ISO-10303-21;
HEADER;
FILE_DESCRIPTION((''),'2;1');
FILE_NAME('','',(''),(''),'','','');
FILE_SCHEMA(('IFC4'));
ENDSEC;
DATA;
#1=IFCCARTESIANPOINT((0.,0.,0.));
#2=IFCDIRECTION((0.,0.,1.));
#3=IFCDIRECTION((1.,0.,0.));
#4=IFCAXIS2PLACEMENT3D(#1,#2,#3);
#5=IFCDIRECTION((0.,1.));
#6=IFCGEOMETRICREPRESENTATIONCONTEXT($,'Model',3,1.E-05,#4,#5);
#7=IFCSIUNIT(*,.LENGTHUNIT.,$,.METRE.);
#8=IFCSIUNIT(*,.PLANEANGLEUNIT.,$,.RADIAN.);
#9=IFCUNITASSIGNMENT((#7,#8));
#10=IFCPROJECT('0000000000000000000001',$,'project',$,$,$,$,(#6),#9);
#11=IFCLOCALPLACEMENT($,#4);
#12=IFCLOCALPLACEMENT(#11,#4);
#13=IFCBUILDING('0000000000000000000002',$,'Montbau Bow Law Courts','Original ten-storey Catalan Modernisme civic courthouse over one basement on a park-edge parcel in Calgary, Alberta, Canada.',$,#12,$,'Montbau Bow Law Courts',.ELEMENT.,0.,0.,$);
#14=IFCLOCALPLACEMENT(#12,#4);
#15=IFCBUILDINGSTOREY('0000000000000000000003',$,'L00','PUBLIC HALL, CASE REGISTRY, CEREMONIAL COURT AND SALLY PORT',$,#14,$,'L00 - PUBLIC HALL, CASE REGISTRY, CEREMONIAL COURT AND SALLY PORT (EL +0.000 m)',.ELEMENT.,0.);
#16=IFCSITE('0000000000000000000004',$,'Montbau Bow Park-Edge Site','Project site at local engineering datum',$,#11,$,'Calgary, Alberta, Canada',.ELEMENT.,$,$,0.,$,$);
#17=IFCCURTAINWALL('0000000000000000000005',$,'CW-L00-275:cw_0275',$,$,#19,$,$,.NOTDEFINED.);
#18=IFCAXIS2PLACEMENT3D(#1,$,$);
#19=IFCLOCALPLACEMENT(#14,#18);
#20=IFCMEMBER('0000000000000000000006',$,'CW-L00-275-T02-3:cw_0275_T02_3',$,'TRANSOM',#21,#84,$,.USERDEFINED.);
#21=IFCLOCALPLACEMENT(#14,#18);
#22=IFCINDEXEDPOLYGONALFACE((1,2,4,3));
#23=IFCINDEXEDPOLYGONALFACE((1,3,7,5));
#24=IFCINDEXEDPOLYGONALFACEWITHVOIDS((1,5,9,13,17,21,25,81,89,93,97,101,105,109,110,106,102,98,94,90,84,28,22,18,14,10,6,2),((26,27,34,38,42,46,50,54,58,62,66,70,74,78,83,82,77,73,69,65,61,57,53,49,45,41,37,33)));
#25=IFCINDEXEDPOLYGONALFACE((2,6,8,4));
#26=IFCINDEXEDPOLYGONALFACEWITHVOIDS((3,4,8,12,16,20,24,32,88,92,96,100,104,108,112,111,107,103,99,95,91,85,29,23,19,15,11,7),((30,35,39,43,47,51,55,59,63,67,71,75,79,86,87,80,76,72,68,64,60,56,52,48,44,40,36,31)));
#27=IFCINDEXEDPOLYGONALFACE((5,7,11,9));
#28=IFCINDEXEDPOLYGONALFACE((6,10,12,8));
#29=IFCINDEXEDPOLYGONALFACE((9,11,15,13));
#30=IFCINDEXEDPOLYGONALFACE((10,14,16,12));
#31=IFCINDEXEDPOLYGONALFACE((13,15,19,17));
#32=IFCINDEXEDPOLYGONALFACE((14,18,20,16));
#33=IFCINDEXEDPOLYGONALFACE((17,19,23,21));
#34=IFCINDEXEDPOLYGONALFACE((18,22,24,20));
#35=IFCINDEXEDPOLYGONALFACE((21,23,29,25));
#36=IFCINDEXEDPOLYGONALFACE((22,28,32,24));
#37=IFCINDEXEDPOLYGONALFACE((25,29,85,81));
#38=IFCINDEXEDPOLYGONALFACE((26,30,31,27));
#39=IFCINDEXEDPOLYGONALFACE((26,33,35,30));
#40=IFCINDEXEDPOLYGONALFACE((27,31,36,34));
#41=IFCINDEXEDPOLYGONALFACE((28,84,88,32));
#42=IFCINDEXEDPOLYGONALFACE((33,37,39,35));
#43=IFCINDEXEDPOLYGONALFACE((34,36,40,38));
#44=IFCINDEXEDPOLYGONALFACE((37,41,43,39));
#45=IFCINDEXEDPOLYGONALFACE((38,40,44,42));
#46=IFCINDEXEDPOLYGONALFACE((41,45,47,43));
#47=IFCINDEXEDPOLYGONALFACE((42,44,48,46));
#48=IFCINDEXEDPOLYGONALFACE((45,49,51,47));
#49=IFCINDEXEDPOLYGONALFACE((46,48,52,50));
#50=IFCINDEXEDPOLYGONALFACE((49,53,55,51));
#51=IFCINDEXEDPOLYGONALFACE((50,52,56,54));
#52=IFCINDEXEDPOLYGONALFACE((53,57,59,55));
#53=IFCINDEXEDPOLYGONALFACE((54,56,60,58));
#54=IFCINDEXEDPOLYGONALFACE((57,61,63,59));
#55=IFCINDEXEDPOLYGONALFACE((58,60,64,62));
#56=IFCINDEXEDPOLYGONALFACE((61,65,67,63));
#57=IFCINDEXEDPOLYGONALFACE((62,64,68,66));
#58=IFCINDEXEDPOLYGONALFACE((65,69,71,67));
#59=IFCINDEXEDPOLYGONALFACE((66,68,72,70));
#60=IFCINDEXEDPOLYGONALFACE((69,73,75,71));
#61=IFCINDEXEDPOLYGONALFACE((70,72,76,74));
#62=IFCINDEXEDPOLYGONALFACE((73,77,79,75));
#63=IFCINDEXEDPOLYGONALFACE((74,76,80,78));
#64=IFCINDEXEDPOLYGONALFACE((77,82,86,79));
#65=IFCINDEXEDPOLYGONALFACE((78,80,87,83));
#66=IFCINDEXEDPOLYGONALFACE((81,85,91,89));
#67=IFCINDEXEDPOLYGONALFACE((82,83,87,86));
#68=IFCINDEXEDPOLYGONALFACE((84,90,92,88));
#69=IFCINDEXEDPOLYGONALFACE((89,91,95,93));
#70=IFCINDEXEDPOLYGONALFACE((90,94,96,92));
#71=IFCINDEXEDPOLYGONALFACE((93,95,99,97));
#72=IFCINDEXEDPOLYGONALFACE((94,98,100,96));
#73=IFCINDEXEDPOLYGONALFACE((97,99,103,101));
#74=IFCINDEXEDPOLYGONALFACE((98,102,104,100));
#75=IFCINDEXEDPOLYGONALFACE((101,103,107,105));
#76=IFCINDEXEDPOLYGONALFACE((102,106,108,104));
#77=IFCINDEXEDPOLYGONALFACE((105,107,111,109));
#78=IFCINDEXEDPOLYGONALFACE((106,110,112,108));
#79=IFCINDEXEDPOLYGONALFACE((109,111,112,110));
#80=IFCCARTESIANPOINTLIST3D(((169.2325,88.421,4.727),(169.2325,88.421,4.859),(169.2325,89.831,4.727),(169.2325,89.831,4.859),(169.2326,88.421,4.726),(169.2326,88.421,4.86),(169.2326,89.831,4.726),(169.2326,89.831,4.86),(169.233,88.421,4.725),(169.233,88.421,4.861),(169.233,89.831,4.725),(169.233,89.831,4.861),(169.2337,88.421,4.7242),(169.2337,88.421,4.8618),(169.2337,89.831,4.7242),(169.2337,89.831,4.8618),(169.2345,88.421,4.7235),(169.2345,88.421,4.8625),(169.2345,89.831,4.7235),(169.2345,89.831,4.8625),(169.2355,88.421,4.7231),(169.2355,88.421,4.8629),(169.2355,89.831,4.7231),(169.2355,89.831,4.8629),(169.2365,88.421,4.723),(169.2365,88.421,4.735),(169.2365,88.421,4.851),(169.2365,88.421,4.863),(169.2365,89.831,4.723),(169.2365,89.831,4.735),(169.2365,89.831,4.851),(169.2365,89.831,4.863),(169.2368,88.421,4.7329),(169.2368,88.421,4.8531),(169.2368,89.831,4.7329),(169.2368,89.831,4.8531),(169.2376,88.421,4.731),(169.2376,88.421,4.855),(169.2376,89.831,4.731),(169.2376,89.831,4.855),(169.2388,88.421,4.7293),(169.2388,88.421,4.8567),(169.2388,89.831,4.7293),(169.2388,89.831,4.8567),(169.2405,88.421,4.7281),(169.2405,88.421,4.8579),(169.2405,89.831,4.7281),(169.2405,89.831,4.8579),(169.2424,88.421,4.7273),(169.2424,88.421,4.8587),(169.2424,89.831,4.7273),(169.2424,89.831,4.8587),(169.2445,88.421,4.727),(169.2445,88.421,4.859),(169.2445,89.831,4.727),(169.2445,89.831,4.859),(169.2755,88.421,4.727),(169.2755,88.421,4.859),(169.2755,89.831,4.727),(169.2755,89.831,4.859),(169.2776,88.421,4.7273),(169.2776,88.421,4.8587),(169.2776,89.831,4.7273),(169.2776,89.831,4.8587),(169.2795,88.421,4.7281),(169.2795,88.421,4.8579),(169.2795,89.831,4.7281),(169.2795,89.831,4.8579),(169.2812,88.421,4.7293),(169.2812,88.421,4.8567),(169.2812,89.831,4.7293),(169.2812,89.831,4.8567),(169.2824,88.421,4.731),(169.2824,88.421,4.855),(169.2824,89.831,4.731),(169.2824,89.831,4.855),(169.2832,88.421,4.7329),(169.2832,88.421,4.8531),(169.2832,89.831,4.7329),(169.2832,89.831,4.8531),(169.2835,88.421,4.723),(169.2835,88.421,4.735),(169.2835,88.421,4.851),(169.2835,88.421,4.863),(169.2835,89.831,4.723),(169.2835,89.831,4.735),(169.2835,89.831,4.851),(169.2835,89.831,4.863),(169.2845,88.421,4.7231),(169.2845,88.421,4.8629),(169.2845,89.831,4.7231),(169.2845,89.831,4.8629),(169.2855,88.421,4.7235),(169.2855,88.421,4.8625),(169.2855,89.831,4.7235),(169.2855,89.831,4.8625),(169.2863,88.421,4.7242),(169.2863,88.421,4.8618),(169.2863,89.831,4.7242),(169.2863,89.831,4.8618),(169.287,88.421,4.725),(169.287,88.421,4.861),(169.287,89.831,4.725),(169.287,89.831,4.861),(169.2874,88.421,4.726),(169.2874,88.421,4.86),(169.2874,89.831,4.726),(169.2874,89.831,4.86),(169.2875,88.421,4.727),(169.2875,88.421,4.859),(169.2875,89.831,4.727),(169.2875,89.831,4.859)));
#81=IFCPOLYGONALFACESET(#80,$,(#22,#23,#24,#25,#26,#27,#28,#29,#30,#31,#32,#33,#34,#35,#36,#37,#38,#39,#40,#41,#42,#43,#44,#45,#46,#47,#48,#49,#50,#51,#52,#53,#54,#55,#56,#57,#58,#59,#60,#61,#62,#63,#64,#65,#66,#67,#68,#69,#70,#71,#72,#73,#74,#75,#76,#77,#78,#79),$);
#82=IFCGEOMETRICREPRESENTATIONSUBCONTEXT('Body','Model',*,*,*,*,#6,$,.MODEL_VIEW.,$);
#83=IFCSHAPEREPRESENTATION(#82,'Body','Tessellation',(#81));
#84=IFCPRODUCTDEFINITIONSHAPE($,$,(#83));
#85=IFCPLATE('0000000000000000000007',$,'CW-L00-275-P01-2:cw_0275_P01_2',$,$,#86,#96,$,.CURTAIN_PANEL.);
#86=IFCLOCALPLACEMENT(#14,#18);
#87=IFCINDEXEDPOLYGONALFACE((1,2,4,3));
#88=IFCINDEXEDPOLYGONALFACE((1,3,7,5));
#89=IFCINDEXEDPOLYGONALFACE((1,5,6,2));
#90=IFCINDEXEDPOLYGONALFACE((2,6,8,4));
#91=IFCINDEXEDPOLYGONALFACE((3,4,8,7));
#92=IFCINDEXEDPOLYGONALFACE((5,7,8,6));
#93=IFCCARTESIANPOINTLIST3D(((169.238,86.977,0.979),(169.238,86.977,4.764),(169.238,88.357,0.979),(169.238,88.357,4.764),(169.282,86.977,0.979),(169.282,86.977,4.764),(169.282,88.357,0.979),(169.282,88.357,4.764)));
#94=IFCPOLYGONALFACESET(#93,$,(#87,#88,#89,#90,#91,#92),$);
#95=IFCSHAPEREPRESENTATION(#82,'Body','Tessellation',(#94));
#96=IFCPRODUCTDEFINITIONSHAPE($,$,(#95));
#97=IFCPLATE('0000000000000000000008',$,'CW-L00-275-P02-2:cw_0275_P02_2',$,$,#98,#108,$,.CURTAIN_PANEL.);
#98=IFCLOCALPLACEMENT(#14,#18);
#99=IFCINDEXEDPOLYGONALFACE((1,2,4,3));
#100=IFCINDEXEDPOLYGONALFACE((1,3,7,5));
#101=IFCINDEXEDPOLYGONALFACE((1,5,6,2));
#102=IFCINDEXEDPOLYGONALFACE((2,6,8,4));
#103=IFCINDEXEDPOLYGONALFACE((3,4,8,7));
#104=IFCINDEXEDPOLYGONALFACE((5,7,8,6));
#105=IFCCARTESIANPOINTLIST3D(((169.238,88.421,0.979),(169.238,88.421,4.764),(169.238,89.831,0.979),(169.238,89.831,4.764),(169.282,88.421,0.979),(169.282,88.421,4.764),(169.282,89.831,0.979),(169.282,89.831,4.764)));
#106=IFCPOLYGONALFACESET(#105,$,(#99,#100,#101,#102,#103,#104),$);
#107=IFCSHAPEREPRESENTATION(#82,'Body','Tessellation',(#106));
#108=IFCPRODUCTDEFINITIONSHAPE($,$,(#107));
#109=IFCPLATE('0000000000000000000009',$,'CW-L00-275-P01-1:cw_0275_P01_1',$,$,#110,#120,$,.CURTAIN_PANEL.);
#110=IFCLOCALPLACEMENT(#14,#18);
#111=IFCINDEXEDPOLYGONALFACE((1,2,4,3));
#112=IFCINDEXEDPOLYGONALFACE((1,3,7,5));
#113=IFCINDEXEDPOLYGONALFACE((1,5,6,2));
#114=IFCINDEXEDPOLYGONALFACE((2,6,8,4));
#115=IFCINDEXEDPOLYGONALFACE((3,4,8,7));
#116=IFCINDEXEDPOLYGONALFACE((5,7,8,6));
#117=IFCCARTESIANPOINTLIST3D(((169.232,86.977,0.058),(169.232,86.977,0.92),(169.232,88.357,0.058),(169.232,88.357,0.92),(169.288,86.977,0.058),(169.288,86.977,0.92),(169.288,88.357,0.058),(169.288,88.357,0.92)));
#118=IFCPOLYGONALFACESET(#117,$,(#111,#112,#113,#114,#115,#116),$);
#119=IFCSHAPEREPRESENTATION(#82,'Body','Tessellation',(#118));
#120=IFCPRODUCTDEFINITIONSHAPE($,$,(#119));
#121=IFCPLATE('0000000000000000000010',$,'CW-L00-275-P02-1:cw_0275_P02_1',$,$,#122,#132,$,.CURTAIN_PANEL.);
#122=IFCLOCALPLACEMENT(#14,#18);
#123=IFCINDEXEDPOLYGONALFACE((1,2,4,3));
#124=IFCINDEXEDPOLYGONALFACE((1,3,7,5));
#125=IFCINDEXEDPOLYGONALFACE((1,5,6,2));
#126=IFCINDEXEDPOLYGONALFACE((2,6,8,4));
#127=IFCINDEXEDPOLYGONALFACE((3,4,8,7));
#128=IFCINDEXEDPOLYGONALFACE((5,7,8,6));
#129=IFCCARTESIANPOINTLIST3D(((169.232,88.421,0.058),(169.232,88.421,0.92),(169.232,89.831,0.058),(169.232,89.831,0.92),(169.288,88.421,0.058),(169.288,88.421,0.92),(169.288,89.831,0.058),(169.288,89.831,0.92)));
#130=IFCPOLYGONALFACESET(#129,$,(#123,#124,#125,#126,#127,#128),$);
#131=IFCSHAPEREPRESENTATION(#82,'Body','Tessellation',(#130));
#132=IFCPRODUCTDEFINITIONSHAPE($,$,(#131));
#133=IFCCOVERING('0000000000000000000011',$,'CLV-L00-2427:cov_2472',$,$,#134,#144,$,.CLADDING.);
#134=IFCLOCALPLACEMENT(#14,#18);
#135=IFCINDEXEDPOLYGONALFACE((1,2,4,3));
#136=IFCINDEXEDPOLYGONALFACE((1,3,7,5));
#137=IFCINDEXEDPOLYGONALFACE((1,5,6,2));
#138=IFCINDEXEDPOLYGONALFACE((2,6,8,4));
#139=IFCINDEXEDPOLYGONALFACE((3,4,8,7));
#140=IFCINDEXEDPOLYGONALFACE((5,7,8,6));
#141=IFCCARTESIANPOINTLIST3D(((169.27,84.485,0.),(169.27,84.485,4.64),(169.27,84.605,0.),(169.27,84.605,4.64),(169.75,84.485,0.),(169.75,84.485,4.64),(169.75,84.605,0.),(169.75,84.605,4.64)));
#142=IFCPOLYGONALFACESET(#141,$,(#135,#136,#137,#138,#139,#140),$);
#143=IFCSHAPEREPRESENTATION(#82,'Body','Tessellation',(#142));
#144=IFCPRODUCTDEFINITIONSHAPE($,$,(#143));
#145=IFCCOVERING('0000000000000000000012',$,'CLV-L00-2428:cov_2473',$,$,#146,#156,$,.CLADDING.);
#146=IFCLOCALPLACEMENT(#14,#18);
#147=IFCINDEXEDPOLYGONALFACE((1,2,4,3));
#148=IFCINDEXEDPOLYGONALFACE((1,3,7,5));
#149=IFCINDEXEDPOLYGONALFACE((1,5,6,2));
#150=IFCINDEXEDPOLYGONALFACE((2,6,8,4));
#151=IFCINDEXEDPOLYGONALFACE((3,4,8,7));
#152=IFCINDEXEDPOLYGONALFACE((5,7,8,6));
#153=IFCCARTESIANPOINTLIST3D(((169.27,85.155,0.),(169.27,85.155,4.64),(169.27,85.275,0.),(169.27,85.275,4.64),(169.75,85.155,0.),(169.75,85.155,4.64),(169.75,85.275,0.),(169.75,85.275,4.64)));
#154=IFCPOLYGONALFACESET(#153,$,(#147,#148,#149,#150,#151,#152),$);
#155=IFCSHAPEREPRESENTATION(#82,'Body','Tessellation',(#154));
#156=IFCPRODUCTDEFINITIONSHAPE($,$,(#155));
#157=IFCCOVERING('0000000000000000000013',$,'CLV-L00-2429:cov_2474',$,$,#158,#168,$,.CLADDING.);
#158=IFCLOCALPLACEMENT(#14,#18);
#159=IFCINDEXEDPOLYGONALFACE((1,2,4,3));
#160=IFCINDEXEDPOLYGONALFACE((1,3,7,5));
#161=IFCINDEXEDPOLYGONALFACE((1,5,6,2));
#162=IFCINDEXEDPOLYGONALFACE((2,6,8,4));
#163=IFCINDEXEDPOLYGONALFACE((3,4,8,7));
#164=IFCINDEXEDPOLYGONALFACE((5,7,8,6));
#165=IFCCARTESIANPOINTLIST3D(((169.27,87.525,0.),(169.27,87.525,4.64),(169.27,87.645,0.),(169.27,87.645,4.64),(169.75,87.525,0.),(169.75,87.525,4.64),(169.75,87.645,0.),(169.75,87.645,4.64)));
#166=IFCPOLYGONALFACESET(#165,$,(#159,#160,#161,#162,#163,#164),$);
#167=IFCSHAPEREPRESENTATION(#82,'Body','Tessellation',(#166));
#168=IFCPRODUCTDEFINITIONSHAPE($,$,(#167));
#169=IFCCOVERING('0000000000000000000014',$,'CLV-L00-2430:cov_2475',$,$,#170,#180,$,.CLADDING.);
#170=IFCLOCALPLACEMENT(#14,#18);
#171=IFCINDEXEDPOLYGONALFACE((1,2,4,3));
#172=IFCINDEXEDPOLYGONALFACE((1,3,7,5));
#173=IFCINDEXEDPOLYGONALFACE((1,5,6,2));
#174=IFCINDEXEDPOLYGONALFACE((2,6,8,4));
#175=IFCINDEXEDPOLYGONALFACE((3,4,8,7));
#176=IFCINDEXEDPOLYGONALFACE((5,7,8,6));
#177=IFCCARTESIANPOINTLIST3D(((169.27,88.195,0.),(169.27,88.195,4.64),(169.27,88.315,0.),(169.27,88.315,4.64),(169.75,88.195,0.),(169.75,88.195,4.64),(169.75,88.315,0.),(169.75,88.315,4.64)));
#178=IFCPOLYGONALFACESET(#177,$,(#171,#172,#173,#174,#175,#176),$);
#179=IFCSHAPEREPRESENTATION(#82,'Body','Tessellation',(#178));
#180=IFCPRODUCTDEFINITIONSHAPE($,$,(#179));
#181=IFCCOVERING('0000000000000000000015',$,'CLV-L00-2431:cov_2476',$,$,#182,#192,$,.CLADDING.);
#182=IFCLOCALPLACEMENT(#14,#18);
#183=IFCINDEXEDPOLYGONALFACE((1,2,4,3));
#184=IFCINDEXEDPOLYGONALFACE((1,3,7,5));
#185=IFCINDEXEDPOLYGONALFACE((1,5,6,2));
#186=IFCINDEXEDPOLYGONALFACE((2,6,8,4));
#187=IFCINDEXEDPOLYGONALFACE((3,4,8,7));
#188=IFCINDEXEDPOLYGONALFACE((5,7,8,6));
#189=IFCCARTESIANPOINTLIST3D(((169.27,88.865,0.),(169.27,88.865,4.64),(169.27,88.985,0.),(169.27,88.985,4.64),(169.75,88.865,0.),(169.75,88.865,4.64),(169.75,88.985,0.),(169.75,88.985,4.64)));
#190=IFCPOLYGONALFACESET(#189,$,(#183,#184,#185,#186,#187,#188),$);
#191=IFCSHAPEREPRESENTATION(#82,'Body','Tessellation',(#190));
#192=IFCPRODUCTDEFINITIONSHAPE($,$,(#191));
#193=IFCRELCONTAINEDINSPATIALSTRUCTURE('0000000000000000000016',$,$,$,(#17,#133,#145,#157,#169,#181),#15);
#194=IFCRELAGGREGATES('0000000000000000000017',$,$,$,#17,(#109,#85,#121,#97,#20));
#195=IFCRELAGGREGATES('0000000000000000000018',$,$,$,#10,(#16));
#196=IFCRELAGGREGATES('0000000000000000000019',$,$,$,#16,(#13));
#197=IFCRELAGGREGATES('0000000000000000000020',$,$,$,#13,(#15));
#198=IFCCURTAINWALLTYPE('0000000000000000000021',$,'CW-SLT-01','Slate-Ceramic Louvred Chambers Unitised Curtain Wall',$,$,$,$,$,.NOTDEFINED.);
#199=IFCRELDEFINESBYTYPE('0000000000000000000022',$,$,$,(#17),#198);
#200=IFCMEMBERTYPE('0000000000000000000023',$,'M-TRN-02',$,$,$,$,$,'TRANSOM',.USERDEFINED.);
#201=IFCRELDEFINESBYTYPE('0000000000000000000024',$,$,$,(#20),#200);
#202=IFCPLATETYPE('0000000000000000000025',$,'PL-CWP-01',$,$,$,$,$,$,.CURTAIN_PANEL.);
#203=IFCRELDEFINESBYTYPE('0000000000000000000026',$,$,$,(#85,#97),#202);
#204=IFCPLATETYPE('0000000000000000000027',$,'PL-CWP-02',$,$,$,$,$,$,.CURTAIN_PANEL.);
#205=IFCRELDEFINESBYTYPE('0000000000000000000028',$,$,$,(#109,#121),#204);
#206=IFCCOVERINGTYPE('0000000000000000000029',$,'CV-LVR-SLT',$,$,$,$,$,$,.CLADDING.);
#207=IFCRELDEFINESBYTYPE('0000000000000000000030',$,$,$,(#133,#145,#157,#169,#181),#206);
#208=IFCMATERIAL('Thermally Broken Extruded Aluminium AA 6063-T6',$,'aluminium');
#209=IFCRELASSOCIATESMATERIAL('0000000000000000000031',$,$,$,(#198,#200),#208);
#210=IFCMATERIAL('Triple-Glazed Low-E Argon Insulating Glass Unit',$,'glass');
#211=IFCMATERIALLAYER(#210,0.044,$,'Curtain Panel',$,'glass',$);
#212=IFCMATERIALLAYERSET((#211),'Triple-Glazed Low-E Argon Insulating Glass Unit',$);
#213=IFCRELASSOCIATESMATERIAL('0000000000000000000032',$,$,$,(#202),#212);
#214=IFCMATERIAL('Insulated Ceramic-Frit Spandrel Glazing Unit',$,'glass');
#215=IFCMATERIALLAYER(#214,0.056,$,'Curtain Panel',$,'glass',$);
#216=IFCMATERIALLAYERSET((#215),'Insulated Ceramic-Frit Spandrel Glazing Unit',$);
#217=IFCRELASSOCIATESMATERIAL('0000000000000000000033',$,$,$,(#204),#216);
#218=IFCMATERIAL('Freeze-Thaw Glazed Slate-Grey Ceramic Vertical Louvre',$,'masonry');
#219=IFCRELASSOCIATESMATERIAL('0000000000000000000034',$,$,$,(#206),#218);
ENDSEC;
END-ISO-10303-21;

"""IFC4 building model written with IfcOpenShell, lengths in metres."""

from ifc_helpers import new_model, si_unit, direction, frame, frame_2d, origin_with_axes, origin_2d_with_axis, place, context, subcontext, project, spatial, rectangle, hollow_rectangle, extrude, material, layer, layer_set, material_profile, profile_set, type_object, element, aggregate, save


model = new_model("IFC4")

# Units and contexts
model_context = context("Model", 3, precision=1e-05, world=origin_with_axes(), true_north=direction((0.0, 1.0)))
body_context = subcontext(model_context, "Body", "Model", "MODEL_VIEW")
ifc_project = project(units=[si_unit("LENGTHUNIT", "METRE"), si_unit("PLANEANGLEUNIT", "RADIAN")], contexts=[model_context])

# Site, building, storey
site_placement = place(None, origin_with_axes())
site = spatial("IfcSite", under=ifc_project, at=site_placement, Name="Montbau Bow Park-Edge Site", Description="Project site at local engineering datum", LongName="Calgary, Alberta, Canada", CompositionType="ELEMENT", RefElevation=0.0)
building_placement = place(site_placement, origin_with_axes())
building = spatial("IfcBuilding", under=site, at=building_placement, Name="Montbau Bow Law Courts", Description="Original ten-storey Catalan Modernisme civic courthouse over one basement on a park-edge parcel in Calgary, Alberta, Canada.", LongName="Montbau Bow Law Courts", CompositionType="ELEMENT", ElevationOfRefHeight=0.0, ElevationOfTerrain=0.0)
storey_placement = place(building_placement, origin_with_axes())
storey = spatial("IfcBuildingStorey", under=building, at=storey_placement, Name="L00", Description="PUBLIC HALL, CASE REGISTRY, CEREMONIAL COURT AND SALLY PORT", LongName="L00 - PUBLIC HALL, CASE REGISTRY, CEREMONIAL COURT AND SALLY PORT (EL +0.000 m)", CompositionType="ELEMENT", Elevation=0.0)

# Shared definitions
ifc_material_1 = material(Name="Thermally Broken Extruded Aluminium AA 6063-T6", Category="aluminium")
curtain_wall_type = type_object("IfcCurtainWallType", Name="CW-SLT-01", Description="Slate-Ceramic Louvred Chambers Unitised Curtain Wall", PredefinedType="NOTDEFINED", material=ifc_material_1)

# Curtain wall
curtain_wall_1_placement = place(None, frame((169.26, 86.915, 0.0), z_axis=(0.0, 0.0, 1.0), x_axis=(1.0, 0.0, 0.0)))
curtain_wall_1 = element("IfcCurtainWall", 1, at=curtain_wall_1_placement, inside=storey, type_object=curtain_wall_type, Name="CW-L00-275:cw_0275", PredefinedType="NOTDEFINED")

# Member
ifc_material_profile_1 = material_profile(ifc_material_1, hollow_rectangle(XDim=0.055, YDim=0.14, WallThickness=0.004, InnerFilletRadius=0.008, OuterFilletRadius=0.004, at=origin_2d_with_axis()), Name="CWT-140X55", Category="Main", Priority=0)
ifc_profile_set_1 = profile_set([ifc_material_profile_1], Name="Thermally Broken Extruded Aluminium AA 6063-T6")
member_type_1 = type_object("IfcMemberType", Name="M-TRN-02", ElementType="TRANSOM", PredefinedType="USERDEFINED", material=ifc_profile_set_1)
member_1_placement = place(None, frame((169.26, 88.421, 4.793), z_axis=(0.0, 1.0, 0.0), x_axis=(-1.0, 0.0, 0.0)))
member_1 = element("IfcMember", 2, at=member_1_placement, type_object=member_type_1, Name="CW-L00-275-T02-3:cw_0275_T02_3", ObjectType="TRANSOM", PredefinedType="USERDEFINED", context=body_context, shape_type="SweptSolid", body=[
    extrude(hollow_rectangle(XDim=0.055, YDim=0.14, WallThickness=0.004, InnerFilletRadius=0.008, OuterFilletRadius=0.004, at=origin_2d_with_axis()), origin_with_axes(), (0.0, 0.0, 1.0), 1.41),
])

# Plates
ifc_material_2 = material(Name="Triple-Glazed Low-E Argon Insulating Glass Unit", Category="glass")
ifc_layer_1 = layer(ifc_material_2, 0.044, Name="Curtain Panel", Category="glass")
ifc_layer_set_1 = layer_set([ifc_layer_1], Name="Triple-Glazed Low-E Argon Insulating Glass Unit")
plate_type_1 = type_object("IfcPlateType", Name="PL-CWP-01", PredefinedType="CURTAIN_PANEL", material=ifc_layer_set_1)
plate_1_placement = place(None, frame((169.26, 86.977, 0.979), z_axis=(1.0, 0.0, 0.0), x_axis=(0.0, 1.0, 0.0)))
plate_1 = element("IfcPlate", 3, at=plate_1_placement, type_object=plate_type_1, Name="CW-L00-275-P01-2:cw_0275_P01_2", PredefinedType="CURTAIN_PANEL", context=body_context, shape_type="SweptSolid", body=[
    extrude(rectangle(XDim=1.38, YDim=3.785, at=frame_2d((0.69, 1.8925), x_axis=(1.0, 0.0))), frame((0.0, 0.0, -0.022), z_axis=(0.0, 0.0, 1.0), x_axis=(1.0, 0.0, 0.0)), (0.0, 0.0, 1.0), 0.044),
])
plate_2_placement = place(None, frame((169.26, 88.421, 0.979), z_axis=(1.0, 0.0, 0.0), x_axis=(0.0, 1.0, 0.0)))
plate_2 = element("IfcPlate", 4, at=plate_2_placement, type_object=plate_type_1, Name="CW-L00-275-P02-2:cw_0275_P02_2", PredefinedType="CURTAIN_PANEL", context=body_context, shape_type="SweptSolid", body=[
    extrude(rectangle(XDim=1.41, YDim=3.785, at=frame_2d((0.705, 1.8925), x_axis=(1.0, 0.0))), frame((0.0, 0.0, -0.022), z_axis=(0.0, 0.0, 1.0), x_axis=(1.0, 0.0, 0.0)), (0.0, 0.0, 1.0), 0.044),
])
ifc_material_3 = material(Name="Insulated Ceramic-Frit Spandrel Glazing Unit", Category="glass")
ifc_layer_2 = layer(ifc_material_3, 0.056, Name="Curtain Panel", Category="glass")
ifc_layer_set_2 = layer_set([ifc_layer_2], Name="Insulated Ceramic-Frit Spandrel Glazing Unit")
plate_type_2 = type_object("IfcPlateType", Name="PL-CWP-02", PredefinedType="CURTAIN_PANEL", material=ifc_layer_set_2)
plate_3_placement = place(None, frame((169.26, 86.977, 0.058), z_axis=(1.0, 0.0, 0.0), x_axis=(0.0, 1.0, 0.0)))
plate_3 = element("IfcPlate", 5, at=plate_3_placement, type_object=plate_type_2, Name="CW-L00-275-P01-1:cw_0275_P01_1", PredefinedType="CURTAIN_PANEL", context=body_context, shape_type="SweptSolid", body=[
    extrude(rectangle(XDim=1.38, YDim=0.862, at=frame_2d((0.69, 0.431), x_axis=(1.0, 0.0))), frame((0.0, 0.0, -0.028), z_axis=(0.0, 0.0, 1.0), x_axis=(1.0, 0.0, 0.0)), (0.0, 0.0, 1.0), 0.056),
])
plate_4_placement = place(None, frame((169.26, 88.421, 0.058), z_axis=(1.0, 0.0, 0.0), x_axis=(0.0, 1.0, 0.0)))
plate_4 = element("IfcPlate", 6, at=plate_4_placement, type_object=plate_type_2, Name="CW-L00-275-P02-1:cw_0275_P02_1", PredefinedType="CURTAIN_PANEL", context=body_context, shape_type="SweptSolid", body=[
    extrude(rectangle(XDim=1.41, YDim=0.862, at=frame_2d((0.705, 0.431), x_axis=(1.0, 0.0))), frame((0.0, 0.0, -0.028), z_axis=(0.0, 0.0, 1.0), x_axis=(1.0, 0.0, 0.0)), (0.0, 0.0, 1.0), 0.056),
])
aggregate(curtain_wall_1, [plate_3, plate_1, plate_4, plate_2, member_1])

# Coverings
ifc_material_4 = material(Name="Freeze-Thaw Glazed Slate-Grey Ceramic Vertical Louvre", Category="masonry")
covering_type = type_object("IfcCoveringType", Name="CV-LVR-SLT", PredefinedType="CLADDING", material=ifc_material_4)
for number, where, z_axis, x_axis, name in (
    (7, (169.27, 84.545, 0.0), (0.0, -1.0, 0.0), (1.0, 0.0, 0.0), "CLV-L00-2427:cov_2472"),
    (8, (169.27, 85.215, 0.0), (0.0, -1.0, 0.0), (1.0, 0.0, 0.0), "CLV-L00-2428:cov_2473"),
    (9, (169.27, 87.585, 0.0), (0.0, -1.0, 0.0), (1.0, 0.0, 0.0), "CLV-L00-2429:cov_2474"),
    (10, (169.27, 88.255, 0.0), (0.0, -1.0, 0.0), (1.0, 0.0, 0.0), "CLV-L00-2430:cov_2475"),
    (11, (169.27, 88.925, 0.0), (0.0, -1.0, 0.0), (1.0, 0.0, 0.0), "CLV-L00-2431:cov_2476"),
):
    element("IfcCovering", number, at=place(None, frame(where, z_axis=z_axis, x_axis=x_axis)), inside=storey, type_object=covering_type, Name=name, PredefinedType="CLADDING", context=body_context, shape_type="SweptSolid", body=[
        extrude(rectangle(XDim=0.48, YDim=4.64, at=frame_2d((0.24, 2.32), x_axis=(1.0, 0.0))), frame((0.0, 0.0, -0.06), z_axis=(0.0, 0.0, 1.0), x_axis=(1.0, 0.0, 0.0)), (0.0, 0.0, 1.0), 0.12),
    ])

save(model, "model.ifc")
